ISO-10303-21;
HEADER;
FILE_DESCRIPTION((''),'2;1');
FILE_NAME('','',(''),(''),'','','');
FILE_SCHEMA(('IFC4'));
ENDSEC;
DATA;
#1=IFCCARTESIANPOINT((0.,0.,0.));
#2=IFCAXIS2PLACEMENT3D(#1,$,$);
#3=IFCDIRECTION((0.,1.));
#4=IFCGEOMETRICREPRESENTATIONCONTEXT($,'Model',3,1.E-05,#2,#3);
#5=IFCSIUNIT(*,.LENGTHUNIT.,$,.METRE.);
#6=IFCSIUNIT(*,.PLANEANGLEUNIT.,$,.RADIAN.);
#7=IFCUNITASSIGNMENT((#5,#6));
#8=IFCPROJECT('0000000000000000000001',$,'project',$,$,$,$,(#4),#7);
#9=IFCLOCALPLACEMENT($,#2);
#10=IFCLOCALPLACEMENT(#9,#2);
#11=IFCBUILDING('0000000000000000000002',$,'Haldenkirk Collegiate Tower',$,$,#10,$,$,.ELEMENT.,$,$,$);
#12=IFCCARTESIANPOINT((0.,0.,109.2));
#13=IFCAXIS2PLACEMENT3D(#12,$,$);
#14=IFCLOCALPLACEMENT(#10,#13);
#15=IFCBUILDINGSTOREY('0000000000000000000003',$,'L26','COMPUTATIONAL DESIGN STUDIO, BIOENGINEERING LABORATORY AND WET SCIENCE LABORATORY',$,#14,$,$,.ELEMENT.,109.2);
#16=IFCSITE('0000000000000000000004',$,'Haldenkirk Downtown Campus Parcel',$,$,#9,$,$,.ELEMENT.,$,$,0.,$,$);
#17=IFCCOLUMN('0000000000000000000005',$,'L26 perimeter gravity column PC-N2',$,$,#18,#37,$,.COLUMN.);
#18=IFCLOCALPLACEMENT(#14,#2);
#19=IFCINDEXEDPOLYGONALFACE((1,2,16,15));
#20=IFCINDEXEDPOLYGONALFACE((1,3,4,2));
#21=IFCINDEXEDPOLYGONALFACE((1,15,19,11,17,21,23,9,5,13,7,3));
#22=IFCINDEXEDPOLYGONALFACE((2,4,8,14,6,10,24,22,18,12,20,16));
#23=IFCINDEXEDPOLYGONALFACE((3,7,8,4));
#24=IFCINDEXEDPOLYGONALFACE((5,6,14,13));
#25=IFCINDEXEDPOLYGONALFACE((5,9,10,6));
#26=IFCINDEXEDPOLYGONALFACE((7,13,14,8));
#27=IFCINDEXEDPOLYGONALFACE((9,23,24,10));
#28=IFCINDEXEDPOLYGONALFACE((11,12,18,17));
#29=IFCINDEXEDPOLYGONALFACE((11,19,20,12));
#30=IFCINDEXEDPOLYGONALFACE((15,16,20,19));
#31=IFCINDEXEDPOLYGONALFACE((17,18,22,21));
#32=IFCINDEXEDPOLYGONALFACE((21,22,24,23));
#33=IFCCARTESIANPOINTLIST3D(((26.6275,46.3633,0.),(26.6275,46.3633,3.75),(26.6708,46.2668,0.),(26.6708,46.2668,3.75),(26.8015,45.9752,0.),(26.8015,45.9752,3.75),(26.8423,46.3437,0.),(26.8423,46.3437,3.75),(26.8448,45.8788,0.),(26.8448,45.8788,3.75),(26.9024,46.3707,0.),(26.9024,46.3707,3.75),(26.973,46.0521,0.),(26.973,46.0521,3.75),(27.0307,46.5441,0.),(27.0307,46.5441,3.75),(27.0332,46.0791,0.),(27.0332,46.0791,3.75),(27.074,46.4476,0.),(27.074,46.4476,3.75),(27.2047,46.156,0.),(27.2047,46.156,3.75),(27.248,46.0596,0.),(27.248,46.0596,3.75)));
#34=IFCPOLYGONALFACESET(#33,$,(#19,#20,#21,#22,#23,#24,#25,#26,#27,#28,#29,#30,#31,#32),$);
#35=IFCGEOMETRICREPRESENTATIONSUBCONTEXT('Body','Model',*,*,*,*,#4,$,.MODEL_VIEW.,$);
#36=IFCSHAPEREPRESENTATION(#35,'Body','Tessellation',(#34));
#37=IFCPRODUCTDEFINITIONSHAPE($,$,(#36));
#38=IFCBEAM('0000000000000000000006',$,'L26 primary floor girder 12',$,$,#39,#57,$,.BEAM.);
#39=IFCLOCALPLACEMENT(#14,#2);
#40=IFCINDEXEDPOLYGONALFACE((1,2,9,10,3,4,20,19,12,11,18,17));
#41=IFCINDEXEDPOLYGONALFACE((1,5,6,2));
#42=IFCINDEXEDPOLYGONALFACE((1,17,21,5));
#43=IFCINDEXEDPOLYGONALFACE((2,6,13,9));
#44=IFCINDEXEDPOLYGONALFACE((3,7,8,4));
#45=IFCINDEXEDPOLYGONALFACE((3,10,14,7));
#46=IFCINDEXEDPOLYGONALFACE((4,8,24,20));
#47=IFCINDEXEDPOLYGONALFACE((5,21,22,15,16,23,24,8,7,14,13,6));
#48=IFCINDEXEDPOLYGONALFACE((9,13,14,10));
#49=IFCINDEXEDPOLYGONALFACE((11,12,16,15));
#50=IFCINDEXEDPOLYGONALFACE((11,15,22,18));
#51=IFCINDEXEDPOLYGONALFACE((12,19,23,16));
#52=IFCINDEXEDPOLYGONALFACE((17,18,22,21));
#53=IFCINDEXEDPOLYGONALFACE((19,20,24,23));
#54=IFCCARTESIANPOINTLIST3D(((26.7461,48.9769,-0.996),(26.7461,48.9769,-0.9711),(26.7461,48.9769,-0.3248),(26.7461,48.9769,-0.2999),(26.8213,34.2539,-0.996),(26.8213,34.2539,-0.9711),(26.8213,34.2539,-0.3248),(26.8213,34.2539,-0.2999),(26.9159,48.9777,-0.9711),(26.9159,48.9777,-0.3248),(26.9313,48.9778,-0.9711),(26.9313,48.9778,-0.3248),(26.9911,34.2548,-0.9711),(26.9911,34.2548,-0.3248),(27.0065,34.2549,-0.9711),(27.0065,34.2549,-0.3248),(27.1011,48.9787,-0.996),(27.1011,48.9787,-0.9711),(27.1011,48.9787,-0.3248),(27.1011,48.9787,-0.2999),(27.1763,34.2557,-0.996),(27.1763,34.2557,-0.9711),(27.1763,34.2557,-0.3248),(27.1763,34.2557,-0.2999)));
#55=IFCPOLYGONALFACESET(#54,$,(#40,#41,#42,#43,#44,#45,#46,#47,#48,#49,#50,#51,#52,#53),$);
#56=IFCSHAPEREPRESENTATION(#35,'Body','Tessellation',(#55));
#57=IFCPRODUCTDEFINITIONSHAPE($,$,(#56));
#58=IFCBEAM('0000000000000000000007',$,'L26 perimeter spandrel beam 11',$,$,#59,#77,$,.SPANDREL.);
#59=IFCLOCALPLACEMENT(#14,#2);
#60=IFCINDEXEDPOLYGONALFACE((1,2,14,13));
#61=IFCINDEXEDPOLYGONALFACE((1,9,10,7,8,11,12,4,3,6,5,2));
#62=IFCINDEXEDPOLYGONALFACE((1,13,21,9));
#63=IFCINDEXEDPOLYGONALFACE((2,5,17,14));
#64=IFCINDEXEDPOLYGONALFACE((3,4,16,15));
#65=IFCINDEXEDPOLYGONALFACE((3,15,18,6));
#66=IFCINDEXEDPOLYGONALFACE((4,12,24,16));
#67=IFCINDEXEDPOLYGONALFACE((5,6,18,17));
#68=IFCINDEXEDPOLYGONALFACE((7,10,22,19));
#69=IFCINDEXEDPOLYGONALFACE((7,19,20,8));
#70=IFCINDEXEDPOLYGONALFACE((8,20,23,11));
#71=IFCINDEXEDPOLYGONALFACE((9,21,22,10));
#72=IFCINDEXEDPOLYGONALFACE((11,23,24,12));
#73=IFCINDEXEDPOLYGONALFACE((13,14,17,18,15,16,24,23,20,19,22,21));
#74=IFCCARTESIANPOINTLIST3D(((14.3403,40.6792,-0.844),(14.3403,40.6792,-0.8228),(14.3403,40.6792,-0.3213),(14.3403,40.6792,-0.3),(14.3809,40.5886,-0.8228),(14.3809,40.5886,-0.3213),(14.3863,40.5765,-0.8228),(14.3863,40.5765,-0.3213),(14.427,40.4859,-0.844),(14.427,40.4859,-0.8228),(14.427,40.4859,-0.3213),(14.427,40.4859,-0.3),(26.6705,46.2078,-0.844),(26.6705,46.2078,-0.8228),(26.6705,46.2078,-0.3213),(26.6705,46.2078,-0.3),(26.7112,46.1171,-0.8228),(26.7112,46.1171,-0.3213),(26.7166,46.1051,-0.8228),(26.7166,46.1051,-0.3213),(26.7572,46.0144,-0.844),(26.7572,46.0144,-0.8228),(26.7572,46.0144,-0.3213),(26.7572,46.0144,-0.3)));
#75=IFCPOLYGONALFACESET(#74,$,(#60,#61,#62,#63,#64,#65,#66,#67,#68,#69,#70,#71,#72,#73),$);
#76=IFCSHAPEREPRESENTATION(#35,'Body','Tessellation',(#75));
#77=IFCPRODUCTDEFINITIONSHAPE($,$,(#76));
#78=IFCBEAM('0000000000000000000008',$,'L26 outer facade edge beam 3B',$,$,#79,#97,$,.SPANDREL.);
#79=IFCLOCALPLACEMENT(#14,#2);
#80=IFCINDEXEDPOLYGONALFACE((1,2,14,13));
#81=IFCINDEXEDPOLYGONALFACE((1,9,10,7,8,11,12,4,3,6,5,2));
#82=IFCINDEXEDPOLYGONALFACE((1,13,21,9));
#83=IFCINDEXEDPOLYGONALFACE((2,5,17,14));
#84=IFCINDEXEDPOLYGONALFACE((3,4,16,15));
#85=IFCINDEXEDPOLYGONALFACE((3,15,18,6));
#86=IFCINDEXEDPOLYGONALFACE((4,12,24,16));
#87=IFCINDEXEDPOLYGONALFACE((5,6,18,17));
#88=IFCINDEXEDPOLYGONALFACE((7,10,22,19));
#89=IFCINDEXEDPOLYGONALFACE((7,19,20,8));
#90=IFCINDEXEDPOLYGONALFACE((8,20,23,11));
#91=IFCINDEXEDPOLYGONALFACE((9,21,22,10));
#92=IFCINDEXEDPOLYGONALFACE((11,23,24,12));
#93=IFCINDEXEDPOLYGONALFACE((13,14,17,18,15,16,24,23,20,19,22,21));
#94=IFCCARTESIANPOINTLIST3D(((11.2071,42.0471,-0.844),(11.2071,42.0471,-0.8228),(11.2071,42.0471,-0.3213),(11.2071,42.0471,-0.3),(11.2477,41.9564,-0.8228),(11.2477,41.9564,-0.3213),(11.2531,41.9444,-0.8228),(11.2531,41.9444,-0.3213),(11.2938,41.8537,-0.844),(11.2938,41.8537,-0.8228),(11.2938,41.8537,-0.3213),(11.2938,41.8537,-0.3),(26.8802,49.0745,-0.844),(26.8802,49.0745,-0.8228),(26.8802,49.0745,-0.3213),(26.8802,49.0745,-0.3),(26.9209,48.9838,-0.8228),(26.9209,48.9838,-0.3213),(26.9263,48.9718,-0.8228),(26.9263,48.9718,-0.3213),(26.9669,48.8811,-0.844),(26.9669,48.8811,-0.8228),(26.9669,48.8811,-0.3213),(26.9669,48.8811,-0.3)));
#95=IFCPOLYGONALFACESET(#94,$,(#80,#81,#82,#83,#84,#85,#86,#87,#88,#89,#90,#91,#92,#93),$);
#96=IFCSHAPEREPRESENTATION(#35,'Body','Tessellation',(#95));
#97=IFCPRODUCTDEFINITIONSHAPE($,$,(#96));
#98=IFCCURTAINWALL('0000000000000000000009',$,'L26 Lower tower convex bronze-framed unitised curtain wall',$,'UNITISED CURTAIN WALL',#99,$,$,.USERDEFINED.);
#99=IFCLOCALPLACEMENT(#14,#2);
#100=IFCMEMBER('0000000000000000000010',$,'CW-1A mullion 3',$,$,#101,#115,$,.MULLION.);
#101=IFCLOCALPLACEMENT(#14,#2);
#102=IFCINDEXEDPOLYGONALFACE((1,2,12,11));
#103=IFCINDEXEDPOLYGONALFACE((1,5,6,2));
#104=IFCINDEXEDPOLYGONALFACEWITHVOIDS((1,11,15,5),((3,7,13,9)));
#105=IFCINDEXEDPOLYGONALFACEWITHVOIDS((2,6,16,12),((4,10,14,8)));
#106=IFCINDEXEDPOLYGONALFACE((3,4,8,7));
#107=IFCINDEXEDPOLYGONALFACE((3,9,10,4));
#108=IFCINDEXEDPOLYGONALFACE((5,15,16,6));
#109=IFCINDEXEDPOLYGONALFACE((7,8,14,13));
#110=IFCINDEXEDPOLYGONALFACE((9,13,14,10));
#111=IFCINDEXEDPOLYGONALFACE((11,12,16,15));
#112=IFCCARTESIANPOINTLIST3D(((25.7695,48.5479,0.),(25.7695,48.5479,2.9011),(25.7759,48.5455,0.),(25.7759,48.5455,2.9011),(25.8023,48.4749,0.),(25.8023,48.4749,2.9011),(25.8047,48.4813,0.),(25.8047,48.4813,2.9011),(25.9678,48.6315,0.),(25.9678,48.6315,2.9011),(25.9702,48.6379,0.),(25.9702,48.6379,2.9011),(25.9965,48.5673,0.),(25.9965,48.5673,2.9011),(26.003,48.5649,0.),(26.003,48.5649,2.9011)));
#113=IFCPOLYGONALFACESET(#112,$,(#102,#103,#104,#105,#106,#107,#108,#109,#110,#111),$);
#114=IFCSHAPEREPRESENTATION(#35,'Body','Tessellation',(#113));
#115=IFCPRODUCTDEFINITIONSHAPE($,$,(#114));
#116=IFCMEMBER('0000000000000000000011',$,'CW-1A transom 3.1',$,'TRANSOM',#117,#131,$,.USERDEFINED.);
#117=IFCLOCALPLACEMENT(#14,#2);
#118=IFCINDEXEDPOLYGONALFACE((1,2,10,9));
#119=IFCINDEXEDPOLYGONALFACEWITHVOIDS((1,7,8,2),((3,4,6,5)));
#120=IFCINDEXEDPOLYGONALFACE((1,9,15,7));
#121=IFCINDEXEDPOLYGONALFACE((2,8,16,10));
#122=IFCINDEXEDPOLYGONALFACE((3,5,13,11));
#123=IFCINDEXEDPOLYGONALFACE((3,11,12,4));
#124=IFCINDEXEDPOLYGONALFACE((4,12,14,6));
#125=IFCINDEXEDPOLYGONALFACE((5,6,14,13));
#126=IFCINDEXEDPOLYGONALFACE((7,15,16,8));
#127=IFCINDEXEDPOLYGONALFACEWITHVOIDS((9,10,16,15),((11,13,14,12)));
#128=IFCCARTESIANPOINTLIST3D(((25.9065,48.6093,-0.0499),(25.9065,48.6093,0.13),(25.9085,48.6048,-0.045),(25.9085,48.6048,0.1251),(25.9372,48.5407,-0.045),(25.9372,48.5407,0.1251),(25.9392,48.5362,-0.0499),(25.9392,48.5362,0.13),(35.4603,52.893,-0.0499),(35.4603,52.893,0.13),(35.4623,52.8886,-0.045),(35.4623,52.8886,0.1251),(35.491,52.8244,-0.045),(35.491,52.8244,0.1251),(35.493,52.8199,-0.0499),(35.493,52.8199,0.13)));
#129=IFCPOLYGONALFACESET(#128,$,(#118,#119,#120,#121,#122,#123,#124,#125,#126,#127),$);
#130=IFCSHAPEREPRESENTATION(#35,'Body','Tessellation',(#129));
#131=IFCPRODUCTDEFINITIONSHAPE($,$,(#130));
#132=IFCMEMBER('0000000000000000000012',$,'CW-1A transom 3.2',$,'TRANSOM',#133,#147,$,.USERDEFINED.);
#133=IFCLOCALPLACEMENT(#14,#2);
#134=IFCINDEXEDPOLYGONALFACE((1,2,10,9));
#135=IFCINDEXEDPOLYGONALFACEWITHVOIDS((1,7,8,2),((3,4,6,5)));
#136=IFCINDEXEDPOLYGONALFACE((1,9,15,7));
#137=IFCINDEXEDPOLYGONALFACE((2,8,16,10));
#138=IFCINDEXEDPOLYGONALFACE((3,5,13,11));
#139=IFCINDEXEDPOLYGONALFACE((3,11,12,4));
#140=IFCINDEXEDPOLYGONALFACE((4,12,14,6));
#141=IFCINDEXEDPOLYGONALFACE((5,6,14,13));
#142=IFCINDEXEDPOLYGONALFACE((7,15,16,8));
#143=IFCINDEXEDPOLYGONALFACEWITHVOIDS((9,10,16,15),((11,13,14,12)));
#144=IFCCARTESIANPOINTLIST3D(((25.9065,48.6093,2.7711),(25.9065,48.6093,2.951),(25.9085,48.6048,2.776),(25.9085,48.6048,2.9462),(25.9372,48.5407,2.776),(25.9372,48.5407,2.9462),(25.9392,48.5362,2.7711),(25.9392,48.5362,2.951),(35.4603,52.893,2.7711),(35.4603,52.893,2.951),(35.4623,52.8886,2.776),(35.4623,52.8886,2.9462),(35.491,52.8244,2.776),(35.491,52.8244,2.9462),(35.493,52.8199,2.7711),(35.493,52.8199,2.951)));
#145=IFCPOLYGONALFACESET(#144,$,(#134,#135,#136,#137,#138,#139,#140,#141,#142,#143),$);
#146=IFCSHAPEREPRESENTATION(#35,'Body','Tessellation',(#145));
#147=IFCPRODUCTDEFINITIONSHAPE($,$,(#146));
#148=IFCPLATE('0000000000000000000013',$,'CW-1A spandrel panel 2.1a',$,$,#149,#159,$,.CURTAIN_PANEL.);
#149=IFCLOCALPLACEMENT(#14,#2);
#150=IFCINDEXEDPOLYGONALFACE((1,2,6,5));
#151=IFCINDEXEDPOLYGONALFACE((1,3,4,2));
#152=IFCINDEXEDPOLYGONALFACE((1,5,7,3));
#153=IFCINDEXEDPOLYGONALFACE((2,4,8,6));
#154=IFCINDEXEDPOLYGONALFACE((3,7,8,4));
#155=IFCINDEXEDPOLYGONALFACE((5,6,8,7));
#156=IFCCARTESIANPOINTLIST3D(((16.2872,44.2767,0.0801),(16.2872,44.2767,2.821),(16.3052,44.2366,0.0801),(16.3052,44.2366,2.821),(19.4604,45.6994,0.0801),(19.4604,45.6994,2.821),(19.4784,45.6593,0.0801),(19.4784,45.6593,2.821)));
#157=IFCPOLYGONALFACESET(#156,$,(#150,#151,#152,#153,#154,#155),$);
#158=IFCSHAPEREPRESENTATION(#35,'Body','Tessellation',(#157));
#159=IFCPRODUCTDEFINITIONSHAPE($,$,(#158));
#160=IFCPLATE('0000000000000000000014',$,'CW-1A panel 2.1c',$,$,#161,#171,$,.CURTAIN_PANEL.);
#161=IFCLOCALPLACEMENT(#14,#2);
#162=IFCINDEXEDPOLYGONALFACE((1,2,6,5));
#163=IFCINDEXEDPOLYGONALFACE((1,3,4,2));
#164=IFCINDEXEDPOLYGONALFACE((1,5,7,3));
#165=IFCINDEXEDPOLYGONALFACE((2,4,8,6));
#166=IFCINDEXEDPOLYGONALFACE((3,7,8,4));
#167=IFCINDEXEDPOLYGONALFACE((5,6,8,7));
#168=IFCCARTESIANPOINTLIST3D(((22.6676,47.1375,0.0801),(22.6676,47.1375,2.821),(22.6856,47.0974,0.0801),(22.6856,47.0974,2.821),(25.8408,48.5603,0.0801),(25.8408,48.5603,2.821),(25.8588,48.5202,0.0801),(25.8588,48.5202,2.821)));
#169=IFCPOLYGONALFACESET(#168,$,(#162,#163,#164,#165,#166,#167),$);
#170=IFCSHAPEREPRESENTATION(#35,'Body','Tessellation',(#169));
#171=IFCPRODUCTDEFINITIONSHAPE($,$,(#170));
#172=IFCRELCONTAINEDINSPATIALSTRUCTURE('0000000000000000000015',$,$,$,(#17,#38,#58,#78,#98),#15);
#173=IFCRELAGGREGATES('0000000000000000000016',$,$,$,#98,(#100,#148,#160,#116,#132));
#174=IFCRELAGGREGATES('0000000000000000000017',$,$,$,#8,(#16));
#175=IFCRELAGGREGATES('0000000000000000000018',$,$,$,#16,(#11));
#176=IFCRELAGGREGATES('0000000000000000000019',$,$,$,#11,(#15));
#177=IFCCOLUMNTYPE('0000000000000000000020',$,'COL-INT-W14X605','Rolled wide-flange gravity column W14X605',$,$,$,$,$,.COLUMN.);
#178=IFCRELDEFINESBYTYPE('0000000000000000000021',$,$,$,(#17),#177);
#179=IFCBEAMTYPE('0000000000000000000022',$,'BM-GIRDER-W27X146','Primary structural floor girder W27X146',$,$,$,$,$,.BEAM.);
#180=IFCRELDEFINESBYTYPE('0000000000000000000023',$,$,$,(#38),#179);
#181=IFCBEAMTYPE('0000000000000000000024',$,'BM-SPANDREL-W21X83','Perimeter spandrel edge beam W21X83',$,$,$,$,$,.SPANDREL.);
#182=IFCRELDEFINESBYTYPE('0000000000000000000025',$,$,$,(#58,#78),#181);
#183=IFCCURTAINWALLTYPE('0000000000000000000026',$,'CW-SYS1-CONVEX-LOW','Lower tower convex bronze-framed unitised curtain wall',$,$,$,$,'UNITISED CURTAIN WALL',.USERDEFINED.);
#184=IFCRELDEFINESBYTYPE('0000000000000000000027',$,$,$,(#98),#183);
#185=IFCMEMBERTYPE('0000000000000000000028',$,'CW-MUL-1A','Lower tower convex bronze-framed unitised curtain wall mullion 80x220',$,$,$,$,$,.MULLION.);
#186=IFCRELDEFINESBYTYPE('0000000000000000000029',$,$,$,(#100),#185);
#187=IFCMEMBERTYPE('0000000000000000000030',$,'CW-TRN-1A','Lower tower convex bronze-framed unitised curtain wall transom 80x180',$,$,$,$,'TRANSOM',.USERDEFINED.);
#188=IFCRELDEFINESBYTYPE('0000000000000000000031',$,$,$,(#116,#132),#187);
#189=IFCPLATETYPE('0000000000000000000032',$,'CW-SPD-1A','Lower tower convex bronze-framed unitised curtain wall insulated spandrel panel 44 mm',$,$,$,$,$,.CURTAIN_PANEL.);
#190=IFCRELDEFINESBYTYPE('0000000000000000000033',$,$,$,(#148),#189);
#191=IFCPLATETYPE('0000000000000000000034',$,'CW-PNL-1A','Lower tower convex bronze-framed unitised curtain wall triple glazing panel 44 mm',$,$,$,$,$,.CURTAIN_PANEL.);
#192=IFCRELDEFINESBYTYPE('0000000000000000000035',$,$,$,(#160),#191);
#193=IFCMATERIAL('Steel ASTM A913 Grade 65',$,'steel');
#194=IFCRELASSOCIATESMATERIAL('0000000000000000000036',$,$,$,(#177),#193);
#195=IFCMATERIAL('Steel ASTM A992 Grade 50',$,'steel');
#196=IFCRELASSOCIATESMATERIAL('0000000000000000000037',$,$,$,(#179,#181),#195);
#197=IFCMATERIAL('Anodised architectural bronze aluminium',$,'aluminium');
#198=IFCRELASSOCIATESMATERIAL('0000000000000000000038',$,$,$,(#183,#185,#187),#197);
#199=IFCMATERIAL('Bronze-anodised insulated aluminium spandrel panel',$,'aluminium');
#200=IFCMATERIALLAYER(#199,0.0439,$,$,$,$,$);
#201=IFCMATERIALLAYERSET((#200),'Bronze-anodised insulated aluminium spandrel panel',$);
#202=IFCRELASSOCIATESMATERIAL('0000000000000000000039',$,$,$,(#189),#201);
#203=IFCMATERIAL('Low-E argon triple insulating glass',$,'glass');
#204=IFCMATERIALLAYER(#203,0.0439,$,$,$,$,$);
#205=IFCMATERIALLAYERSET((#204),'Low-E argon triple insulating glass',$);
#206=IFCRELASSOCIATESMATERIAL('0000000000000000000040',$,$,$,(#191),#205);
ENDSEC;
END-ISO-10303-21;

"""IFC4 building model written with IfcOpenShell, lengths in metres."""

from ifc_helpers import new_model, si_unit, direction, frame, origin, origin_2d, place, context, subcontext, project, spatial, rectangle, hollow_rectangle, i_section, extrude, source, transform, mapped, material, layer, layer_set, material_profile, profile_set, type_object, element, aggregate, save


model = new_model("IFC4")

# Units and contexts
model_context = context("Model", 3, precision=1e-05, world=origin(), true_north=direction((0.0, 1.0)))
body_context = subcontext(model_context, "Body", "Model", "MODEL_VIEW")
ifc_project = project(units=[si_unit("LENGTHUNIT", "METRE"), si_unit("PLANEANGLEUNIT", "RADIAN")], contexts=[model_context])

# Site, building, storey
site_placement = place(None, origin())
site = spatial("IfcSite", under=ifc_project, at=site_placement, Name="Haldenkirk Downtown Campus Parcel", CompositionType="ELEMENT", RefElevation=0.0)
building_placement = place(site_placement, origin())
building = spatial("IfcBuilding", under=site, at=building_placement, Name="Haldenkirk Collegiate Tower", CompositionType="ELEMENT")
storey_placement = place(building_placement, frame((0.0, 0.0, 109.2)))
storey = spatial("IfcBuildingStorey", under=building, at=storey_placement, Name="L26", Description="COMPUTATIONAL DESIGN STUDIO, BIOENGINEERING LABORATORY AND WET SCIENCE LABORATORY", CompositionType="ELEMENT", Elevation=109.2)

# Column
ifc_material_1 = material(Name="Steel ASTM A913 Grade 65", Category="steel")
ifc_material_profile_1 = material_profile(ifc_material_1, i_section(OverallWidth=0.4419, OverallDepth=0.531, WebThickness=0.0659, FlangeThickness=0.1057, at=origin_2d()), Name="W14X605")
ifc_profile_set_1 = profile_set([ifc_material_profile_1], Name="Steel ASTM A913 Grade 65")
column_type = type_object("IfcColumnType", Name="COL-INT-W14X605", Description="Rolled wide-flange gravity column W14X605", PredefinedType="COLUMN", material=ifc_profile_set_1)
column_placement = place(storey_placement, frame((26.9377, 46.2114, 0.0), z_axis=(0.0, 0.0, 1.0), x_axis=(0.912477, 0.409127, 0.0)))
element("IfcColumn", 1, at=column_placement, inside=storey, type_object=column_type, Name="L26 perimeter gravity column PC-N2", PredefinedType="COLUMN", context=body_context, shape_type="SweptSolid", body=[
    extrude(i_section(OverallWidth=0.4419, OverallDepth=0.531, WebThickness=0.0659, FlangeThickness=0.1057, at=origin_2d()), origin(), (0.0, 0.0, 1.0), 3.75),
])

# Beams
ifc_material_2 = material(Name="Steel ASTM A992 Grade 50", Category="steel")
ifc_material_profile_2 = material_profile(ifc_material_2, i_section(OverallWidth=0.355, OverallDepth=0.696, WebThickness=0.0154, FlangeThickness=0.0249, at=origin_2d()), Name="W27X146")
ifc_profile_set_2 = profile_set([ifc_material_profile_2], Name="Steel ASTM A992 Grade 50")
beam_type_1 = type_object("IfcBeamType", Name="BM-GIRDER-W27X146", Description="Primary structural floor girder W27X146", PredefinedType="BEAM", material=ifc_profile_set_2)
beam_1_placement = place(storey_placement, frame((26.9236, 48.9778, -0.6479), z_axis=(0.005107, -0.999987, 0.0), x_axis=(0.999987, 0.005107, 0.0)))
element("IfcBeam", 2, at=beam_1_placement, inside=storey, type_object=beam_type_1, Name="L26 primary floor girder 12", PredefinedType="BEAM", context=body_context, shape_type="SweptSolid", body=[
    extrude(i_section(OverallWidth=0.355, OverallDepth=0.696, WebThickness=0.0154, FlangeThickness=0.0249, at=origin_2d()), origin(), (0.0, 0.0, 1.0), 14.7231),
])
ifc_material_profile_3 = material_profile(ifc_material_2, i_section(OverallWidth=0.2119, OverallDepth=0.5439, WebThickness=0.0132, FlangeThickness=0.0212, at=origin_2d()), Name="W21X83")
ifc_profile_set_3 = profile_set([ifc_material_profile_3], Name="Steel ASTM A992 Grade 50")
beam_type_2 = type_object("IfcBeamType", Name="BM-SPANDREL-W21X83", Description="Perimeter spandrel edge beam W21X83", PredefinedType="SPANDREL", material=ifc_profile_set_3)
beam_2_placement = place(storey_placement, frame((26.7139, 46.1111, -0.572), z_axis=(-0.912477, -0.409129, 0.0), x_axis=(0.409129, -0.912477, 0.0)))
element("IfcBeam", 3, at=beam_2_placement, inside=storey, type_object=beam_type_2, Name="L26 perimeter spandrel beam 11", PredefinedType="SPANDREL", context=body_context, shape_type="SweptSolid", body=[
    extrude(i_section(OverallWidth=0.2119, OverallDepth=0.5439, WebThickness=0.0132, FlangeThickness=0.0212, at=origin_2d()), origin(), (0.0, 0.0, 1.0), 13.5129),
])
beam_3_placement = place(storey_placement, frame((26.9236, 48.9778, -0.572), z_axis=(-0.912477, -0.409127, 0.0), x_axis=(0.409127, -0.912477, 0.0)))
element("IfcBeam", 4, at=beam_3_placement, inside=storey, type_object=beam_type_2, Name="L26 outer facade edge beam 3B", PredefinedType="SPANDREL", context=body_context, shape_type="SweptSolid", body=[
    extrude(i_section(OverallWidth=0.2119, OverallDepth=0.5439, WebThickness=0.0132, FlangeThickness=0.0212, at=origin_2d()), origin(), (0.0, 0.0, 1.0), 17.1765),
])

# Curtain wall, members, plates
ifc_material_3 = material(Name="Anodised architectural bronze aluminium", Category="aluminium")
curtain_wall_type = type_object("IfcCurtainWallType", Name="CW-SYS1-CONVEX-LOW", Description="Lower tower convex bronze-framed unitised curtain wall", ElementType="UNITISED CURTAIN WALL", PredefinedType="USERDEFINED", material=ifc_material_3)
curtain_wall_placement = place(storey_placement, origin())
curtain_wall = element("IfcCurtainWall", 5, at=curtain_wall_placement, inside=storey, type_object=curtain_wall_type, Name="L26 Lower tower convex bronze-framed unitised curtain wall", ObjectType="UNITISED CURTAIN WALL", PredefinedType="USERDEFINED")
ifc_material_profile_4 = material_profile(ifc_material_3, hollow_rectangle(XDim=0.0801, YDim=0.22, WallThickness=0.0049, at=origin_2d()), Name="CW-MUL-1A")
ifc_profile_set_4 = profile_set([ifc_material_profile_4], Name="Anodised architectural bronze aluminium")
member_type_1 = type_object("IfcMemberType", Name="CW-MUL-1A", Description="Lower tower convex bronze-framed unitised curtain wall mullion 80x220", PredefinedType="MULLION", material=ifc_profile_set_4)
member_1_placement = place(storey_placement, frame((25.8862, 48.5564, 0.0), z_axis=(0.0, 0.0, 1.0), x_axis=(-0.409127, 0.912477, 0.0)))
member_1 = element("IfcMember", 6, at=member_1_placement, type_object=member_type_1, Name="CW-1A mullion 3", PredefinedType="MULLION", context=body_context, shape_type="SweptSolid", body=[
    extrude(hollow_rectangle(XDim=0.0801, YDim=0.22, WallThickness=0.0049, at=origin_2d()), origin(), (0.0, 0.0, 1.0), 2.9011),
])
ifc_material_profile_5 = material_profile(ifc_material_3, hollow_rectangle(XDim=0.0801, YDim=0.1799, WallThickness=0.0049, at=origin_2d()), Name="CW-TRN-1A")
ifc_profile_set_5 = profile_set([ifc_material_profile_5], Name="Anodised architectural bronze aluminium")
member_type_2 = type_object("IfcMemberType", Name="CW-TRN-1A", Description="Lower tower convex bronze-framed unitised curtain wall transom 80x180", ElementType="TRANSOM", PredefinedType="USERDEFINED", material=ifc_profile_set_5)
member_2_placement = place(storey_placement, frame((25.9229, 48.5728, 0.04), z_axis=(0.912474, 0.409135, 0.0), x_axis=(-0.409135, 0.912474, 0.0)))
member_2 = element("IfcMember", 7, at=member_2_placement, type_object=member_type_2, Name="CW-1A transom 3.1", ObjectType="TRANSOM", PredefinedType="USERDEFINED", context=body_context, shape_type="SweptSolid", body=[
    extrude(hollow_rectangle(XDim=0.0801, YDim=0.1799, WallThickness=0.0049, at=origin_2d()), origin(), (0.0, 0.0, 1.0), 10.4702),
])
member_3_placement = place(storey_placement, frame((25.9229, 48.5728, 2.8611), z_axis=(0.912474, 0.409135, 0.0), x_axis=(-0.409135, 0.912474, 0.0)))
member_3 = element("IfcMember", 8, at=member_3_placement, type_object=member_type_2, Name="CW-1A transom 3.2", ObjectType="TRANSOM", PredefinedType="USERDEFINED", context=body_context, shape_type="SweptSolid", body=[
    extrude(hollow_rectangle(XDim=0.0801, YDim=0.1799, WallThickness=0.0049, at=origin_2d()), origin(), (0.0, 0.0, 1.0), 10.4702),
])
ifc_material_4 = material(Name="Bronze-anodised insulated aluminium spandrel panel", Category="aluminium")
ifc_layer_1 = layer(ifc_material_4, 0.0439)
ifc_layer_set_1 = layer_set([ifc_layer_1], Name="Bronze-anodised insulated aluminium spandrel panel")
plate_type_1 = type_object("IfcPlateType", Name="CW-SPD-1A", Description="Lower tower convex bronze-framed unitised curtain wall insulated spandrel panel 44 mm", PredefinedType="CURTAIN_PANEL", material=ifc_layer_set_1)
shared_shape_1 = source(origin(), body_context, "Body", "SweptSolid", [
    extrude(rectangle(XDim=3.4775, YDim=0.0439, at=origin_2d()), origin(), (0.0, 0.0, 1.0), 2.741),
])
plate_1_placement = place(storey_placement, frame((17.8828, 44.968, 0.0801), z_axis=(0.0, 0.0, 1.0), x_axis=(0.912477, 0.409127, 0.0)))
plate_1 = element("IfcPlate", 9, at=plate_1_placement, type_object=plate_type_1, Name="CW-1A spandrel panel 2.1a", PredefinedType="CURTAIN_PANEL", context=body_context, shape_type="MappedRepresentation", body=[
    mapped(shared_shape_1, transform((0.0, 0.0, 0.0), x_axis=(1.0, 0.0, 0.0), y_axis=(0.0, 1.0, 0.0), z_axis=(0.0, 0.0, 1.0), scale=1.0)),
])
ifc_material_5 = material(Name="Low-E argon triple insulating glass", Category="glass")
ifc_layer_2 = layer(ifc_material_5, 0.0439)
ifc_layer_set_2 = layer_set([ifc_layer_2], Name="Low-E argon triple insulating glass")
plate_type_2 = type_object("IfcPlateType", Name="CW-PNL-1A", Description="Lower tower convex bronze-framed unitised curtain wall triple glazing panel 44 mm", PredefinedType="CURTAIN_PANEL", material=ifc_layer_set_2)
plate_2_placement = place(storey_placement, frame((24.2632, 47.8289, 0.0801), z_axis=(0.0, 0.0, 1.0), x_axis=(0.912477, 0.409127, 0.0)))
plate_2 = element("IfcPlate", 10, at=plate_2_placement, type_object=plate_type_2, Name="CW-1A panel 2.1c", PredefinedType="CURTAIN_PANEL", context=body_context, shape_type="MappedRepresentation", body=[
    mapped(shared_shape_1, transform((0.0, 0.0, 0.0), x_axis=(1.0, 0.0, 0.0), y_axis=(0.0, 1.0, 0.0), z_axis=(0.0, 0.0, 1.0), scale=1.0)),
])
aggregate(curtain_wall, [member_1, plate_1, plate_2, member_2, member_3])

save(model, "model.ifc")
